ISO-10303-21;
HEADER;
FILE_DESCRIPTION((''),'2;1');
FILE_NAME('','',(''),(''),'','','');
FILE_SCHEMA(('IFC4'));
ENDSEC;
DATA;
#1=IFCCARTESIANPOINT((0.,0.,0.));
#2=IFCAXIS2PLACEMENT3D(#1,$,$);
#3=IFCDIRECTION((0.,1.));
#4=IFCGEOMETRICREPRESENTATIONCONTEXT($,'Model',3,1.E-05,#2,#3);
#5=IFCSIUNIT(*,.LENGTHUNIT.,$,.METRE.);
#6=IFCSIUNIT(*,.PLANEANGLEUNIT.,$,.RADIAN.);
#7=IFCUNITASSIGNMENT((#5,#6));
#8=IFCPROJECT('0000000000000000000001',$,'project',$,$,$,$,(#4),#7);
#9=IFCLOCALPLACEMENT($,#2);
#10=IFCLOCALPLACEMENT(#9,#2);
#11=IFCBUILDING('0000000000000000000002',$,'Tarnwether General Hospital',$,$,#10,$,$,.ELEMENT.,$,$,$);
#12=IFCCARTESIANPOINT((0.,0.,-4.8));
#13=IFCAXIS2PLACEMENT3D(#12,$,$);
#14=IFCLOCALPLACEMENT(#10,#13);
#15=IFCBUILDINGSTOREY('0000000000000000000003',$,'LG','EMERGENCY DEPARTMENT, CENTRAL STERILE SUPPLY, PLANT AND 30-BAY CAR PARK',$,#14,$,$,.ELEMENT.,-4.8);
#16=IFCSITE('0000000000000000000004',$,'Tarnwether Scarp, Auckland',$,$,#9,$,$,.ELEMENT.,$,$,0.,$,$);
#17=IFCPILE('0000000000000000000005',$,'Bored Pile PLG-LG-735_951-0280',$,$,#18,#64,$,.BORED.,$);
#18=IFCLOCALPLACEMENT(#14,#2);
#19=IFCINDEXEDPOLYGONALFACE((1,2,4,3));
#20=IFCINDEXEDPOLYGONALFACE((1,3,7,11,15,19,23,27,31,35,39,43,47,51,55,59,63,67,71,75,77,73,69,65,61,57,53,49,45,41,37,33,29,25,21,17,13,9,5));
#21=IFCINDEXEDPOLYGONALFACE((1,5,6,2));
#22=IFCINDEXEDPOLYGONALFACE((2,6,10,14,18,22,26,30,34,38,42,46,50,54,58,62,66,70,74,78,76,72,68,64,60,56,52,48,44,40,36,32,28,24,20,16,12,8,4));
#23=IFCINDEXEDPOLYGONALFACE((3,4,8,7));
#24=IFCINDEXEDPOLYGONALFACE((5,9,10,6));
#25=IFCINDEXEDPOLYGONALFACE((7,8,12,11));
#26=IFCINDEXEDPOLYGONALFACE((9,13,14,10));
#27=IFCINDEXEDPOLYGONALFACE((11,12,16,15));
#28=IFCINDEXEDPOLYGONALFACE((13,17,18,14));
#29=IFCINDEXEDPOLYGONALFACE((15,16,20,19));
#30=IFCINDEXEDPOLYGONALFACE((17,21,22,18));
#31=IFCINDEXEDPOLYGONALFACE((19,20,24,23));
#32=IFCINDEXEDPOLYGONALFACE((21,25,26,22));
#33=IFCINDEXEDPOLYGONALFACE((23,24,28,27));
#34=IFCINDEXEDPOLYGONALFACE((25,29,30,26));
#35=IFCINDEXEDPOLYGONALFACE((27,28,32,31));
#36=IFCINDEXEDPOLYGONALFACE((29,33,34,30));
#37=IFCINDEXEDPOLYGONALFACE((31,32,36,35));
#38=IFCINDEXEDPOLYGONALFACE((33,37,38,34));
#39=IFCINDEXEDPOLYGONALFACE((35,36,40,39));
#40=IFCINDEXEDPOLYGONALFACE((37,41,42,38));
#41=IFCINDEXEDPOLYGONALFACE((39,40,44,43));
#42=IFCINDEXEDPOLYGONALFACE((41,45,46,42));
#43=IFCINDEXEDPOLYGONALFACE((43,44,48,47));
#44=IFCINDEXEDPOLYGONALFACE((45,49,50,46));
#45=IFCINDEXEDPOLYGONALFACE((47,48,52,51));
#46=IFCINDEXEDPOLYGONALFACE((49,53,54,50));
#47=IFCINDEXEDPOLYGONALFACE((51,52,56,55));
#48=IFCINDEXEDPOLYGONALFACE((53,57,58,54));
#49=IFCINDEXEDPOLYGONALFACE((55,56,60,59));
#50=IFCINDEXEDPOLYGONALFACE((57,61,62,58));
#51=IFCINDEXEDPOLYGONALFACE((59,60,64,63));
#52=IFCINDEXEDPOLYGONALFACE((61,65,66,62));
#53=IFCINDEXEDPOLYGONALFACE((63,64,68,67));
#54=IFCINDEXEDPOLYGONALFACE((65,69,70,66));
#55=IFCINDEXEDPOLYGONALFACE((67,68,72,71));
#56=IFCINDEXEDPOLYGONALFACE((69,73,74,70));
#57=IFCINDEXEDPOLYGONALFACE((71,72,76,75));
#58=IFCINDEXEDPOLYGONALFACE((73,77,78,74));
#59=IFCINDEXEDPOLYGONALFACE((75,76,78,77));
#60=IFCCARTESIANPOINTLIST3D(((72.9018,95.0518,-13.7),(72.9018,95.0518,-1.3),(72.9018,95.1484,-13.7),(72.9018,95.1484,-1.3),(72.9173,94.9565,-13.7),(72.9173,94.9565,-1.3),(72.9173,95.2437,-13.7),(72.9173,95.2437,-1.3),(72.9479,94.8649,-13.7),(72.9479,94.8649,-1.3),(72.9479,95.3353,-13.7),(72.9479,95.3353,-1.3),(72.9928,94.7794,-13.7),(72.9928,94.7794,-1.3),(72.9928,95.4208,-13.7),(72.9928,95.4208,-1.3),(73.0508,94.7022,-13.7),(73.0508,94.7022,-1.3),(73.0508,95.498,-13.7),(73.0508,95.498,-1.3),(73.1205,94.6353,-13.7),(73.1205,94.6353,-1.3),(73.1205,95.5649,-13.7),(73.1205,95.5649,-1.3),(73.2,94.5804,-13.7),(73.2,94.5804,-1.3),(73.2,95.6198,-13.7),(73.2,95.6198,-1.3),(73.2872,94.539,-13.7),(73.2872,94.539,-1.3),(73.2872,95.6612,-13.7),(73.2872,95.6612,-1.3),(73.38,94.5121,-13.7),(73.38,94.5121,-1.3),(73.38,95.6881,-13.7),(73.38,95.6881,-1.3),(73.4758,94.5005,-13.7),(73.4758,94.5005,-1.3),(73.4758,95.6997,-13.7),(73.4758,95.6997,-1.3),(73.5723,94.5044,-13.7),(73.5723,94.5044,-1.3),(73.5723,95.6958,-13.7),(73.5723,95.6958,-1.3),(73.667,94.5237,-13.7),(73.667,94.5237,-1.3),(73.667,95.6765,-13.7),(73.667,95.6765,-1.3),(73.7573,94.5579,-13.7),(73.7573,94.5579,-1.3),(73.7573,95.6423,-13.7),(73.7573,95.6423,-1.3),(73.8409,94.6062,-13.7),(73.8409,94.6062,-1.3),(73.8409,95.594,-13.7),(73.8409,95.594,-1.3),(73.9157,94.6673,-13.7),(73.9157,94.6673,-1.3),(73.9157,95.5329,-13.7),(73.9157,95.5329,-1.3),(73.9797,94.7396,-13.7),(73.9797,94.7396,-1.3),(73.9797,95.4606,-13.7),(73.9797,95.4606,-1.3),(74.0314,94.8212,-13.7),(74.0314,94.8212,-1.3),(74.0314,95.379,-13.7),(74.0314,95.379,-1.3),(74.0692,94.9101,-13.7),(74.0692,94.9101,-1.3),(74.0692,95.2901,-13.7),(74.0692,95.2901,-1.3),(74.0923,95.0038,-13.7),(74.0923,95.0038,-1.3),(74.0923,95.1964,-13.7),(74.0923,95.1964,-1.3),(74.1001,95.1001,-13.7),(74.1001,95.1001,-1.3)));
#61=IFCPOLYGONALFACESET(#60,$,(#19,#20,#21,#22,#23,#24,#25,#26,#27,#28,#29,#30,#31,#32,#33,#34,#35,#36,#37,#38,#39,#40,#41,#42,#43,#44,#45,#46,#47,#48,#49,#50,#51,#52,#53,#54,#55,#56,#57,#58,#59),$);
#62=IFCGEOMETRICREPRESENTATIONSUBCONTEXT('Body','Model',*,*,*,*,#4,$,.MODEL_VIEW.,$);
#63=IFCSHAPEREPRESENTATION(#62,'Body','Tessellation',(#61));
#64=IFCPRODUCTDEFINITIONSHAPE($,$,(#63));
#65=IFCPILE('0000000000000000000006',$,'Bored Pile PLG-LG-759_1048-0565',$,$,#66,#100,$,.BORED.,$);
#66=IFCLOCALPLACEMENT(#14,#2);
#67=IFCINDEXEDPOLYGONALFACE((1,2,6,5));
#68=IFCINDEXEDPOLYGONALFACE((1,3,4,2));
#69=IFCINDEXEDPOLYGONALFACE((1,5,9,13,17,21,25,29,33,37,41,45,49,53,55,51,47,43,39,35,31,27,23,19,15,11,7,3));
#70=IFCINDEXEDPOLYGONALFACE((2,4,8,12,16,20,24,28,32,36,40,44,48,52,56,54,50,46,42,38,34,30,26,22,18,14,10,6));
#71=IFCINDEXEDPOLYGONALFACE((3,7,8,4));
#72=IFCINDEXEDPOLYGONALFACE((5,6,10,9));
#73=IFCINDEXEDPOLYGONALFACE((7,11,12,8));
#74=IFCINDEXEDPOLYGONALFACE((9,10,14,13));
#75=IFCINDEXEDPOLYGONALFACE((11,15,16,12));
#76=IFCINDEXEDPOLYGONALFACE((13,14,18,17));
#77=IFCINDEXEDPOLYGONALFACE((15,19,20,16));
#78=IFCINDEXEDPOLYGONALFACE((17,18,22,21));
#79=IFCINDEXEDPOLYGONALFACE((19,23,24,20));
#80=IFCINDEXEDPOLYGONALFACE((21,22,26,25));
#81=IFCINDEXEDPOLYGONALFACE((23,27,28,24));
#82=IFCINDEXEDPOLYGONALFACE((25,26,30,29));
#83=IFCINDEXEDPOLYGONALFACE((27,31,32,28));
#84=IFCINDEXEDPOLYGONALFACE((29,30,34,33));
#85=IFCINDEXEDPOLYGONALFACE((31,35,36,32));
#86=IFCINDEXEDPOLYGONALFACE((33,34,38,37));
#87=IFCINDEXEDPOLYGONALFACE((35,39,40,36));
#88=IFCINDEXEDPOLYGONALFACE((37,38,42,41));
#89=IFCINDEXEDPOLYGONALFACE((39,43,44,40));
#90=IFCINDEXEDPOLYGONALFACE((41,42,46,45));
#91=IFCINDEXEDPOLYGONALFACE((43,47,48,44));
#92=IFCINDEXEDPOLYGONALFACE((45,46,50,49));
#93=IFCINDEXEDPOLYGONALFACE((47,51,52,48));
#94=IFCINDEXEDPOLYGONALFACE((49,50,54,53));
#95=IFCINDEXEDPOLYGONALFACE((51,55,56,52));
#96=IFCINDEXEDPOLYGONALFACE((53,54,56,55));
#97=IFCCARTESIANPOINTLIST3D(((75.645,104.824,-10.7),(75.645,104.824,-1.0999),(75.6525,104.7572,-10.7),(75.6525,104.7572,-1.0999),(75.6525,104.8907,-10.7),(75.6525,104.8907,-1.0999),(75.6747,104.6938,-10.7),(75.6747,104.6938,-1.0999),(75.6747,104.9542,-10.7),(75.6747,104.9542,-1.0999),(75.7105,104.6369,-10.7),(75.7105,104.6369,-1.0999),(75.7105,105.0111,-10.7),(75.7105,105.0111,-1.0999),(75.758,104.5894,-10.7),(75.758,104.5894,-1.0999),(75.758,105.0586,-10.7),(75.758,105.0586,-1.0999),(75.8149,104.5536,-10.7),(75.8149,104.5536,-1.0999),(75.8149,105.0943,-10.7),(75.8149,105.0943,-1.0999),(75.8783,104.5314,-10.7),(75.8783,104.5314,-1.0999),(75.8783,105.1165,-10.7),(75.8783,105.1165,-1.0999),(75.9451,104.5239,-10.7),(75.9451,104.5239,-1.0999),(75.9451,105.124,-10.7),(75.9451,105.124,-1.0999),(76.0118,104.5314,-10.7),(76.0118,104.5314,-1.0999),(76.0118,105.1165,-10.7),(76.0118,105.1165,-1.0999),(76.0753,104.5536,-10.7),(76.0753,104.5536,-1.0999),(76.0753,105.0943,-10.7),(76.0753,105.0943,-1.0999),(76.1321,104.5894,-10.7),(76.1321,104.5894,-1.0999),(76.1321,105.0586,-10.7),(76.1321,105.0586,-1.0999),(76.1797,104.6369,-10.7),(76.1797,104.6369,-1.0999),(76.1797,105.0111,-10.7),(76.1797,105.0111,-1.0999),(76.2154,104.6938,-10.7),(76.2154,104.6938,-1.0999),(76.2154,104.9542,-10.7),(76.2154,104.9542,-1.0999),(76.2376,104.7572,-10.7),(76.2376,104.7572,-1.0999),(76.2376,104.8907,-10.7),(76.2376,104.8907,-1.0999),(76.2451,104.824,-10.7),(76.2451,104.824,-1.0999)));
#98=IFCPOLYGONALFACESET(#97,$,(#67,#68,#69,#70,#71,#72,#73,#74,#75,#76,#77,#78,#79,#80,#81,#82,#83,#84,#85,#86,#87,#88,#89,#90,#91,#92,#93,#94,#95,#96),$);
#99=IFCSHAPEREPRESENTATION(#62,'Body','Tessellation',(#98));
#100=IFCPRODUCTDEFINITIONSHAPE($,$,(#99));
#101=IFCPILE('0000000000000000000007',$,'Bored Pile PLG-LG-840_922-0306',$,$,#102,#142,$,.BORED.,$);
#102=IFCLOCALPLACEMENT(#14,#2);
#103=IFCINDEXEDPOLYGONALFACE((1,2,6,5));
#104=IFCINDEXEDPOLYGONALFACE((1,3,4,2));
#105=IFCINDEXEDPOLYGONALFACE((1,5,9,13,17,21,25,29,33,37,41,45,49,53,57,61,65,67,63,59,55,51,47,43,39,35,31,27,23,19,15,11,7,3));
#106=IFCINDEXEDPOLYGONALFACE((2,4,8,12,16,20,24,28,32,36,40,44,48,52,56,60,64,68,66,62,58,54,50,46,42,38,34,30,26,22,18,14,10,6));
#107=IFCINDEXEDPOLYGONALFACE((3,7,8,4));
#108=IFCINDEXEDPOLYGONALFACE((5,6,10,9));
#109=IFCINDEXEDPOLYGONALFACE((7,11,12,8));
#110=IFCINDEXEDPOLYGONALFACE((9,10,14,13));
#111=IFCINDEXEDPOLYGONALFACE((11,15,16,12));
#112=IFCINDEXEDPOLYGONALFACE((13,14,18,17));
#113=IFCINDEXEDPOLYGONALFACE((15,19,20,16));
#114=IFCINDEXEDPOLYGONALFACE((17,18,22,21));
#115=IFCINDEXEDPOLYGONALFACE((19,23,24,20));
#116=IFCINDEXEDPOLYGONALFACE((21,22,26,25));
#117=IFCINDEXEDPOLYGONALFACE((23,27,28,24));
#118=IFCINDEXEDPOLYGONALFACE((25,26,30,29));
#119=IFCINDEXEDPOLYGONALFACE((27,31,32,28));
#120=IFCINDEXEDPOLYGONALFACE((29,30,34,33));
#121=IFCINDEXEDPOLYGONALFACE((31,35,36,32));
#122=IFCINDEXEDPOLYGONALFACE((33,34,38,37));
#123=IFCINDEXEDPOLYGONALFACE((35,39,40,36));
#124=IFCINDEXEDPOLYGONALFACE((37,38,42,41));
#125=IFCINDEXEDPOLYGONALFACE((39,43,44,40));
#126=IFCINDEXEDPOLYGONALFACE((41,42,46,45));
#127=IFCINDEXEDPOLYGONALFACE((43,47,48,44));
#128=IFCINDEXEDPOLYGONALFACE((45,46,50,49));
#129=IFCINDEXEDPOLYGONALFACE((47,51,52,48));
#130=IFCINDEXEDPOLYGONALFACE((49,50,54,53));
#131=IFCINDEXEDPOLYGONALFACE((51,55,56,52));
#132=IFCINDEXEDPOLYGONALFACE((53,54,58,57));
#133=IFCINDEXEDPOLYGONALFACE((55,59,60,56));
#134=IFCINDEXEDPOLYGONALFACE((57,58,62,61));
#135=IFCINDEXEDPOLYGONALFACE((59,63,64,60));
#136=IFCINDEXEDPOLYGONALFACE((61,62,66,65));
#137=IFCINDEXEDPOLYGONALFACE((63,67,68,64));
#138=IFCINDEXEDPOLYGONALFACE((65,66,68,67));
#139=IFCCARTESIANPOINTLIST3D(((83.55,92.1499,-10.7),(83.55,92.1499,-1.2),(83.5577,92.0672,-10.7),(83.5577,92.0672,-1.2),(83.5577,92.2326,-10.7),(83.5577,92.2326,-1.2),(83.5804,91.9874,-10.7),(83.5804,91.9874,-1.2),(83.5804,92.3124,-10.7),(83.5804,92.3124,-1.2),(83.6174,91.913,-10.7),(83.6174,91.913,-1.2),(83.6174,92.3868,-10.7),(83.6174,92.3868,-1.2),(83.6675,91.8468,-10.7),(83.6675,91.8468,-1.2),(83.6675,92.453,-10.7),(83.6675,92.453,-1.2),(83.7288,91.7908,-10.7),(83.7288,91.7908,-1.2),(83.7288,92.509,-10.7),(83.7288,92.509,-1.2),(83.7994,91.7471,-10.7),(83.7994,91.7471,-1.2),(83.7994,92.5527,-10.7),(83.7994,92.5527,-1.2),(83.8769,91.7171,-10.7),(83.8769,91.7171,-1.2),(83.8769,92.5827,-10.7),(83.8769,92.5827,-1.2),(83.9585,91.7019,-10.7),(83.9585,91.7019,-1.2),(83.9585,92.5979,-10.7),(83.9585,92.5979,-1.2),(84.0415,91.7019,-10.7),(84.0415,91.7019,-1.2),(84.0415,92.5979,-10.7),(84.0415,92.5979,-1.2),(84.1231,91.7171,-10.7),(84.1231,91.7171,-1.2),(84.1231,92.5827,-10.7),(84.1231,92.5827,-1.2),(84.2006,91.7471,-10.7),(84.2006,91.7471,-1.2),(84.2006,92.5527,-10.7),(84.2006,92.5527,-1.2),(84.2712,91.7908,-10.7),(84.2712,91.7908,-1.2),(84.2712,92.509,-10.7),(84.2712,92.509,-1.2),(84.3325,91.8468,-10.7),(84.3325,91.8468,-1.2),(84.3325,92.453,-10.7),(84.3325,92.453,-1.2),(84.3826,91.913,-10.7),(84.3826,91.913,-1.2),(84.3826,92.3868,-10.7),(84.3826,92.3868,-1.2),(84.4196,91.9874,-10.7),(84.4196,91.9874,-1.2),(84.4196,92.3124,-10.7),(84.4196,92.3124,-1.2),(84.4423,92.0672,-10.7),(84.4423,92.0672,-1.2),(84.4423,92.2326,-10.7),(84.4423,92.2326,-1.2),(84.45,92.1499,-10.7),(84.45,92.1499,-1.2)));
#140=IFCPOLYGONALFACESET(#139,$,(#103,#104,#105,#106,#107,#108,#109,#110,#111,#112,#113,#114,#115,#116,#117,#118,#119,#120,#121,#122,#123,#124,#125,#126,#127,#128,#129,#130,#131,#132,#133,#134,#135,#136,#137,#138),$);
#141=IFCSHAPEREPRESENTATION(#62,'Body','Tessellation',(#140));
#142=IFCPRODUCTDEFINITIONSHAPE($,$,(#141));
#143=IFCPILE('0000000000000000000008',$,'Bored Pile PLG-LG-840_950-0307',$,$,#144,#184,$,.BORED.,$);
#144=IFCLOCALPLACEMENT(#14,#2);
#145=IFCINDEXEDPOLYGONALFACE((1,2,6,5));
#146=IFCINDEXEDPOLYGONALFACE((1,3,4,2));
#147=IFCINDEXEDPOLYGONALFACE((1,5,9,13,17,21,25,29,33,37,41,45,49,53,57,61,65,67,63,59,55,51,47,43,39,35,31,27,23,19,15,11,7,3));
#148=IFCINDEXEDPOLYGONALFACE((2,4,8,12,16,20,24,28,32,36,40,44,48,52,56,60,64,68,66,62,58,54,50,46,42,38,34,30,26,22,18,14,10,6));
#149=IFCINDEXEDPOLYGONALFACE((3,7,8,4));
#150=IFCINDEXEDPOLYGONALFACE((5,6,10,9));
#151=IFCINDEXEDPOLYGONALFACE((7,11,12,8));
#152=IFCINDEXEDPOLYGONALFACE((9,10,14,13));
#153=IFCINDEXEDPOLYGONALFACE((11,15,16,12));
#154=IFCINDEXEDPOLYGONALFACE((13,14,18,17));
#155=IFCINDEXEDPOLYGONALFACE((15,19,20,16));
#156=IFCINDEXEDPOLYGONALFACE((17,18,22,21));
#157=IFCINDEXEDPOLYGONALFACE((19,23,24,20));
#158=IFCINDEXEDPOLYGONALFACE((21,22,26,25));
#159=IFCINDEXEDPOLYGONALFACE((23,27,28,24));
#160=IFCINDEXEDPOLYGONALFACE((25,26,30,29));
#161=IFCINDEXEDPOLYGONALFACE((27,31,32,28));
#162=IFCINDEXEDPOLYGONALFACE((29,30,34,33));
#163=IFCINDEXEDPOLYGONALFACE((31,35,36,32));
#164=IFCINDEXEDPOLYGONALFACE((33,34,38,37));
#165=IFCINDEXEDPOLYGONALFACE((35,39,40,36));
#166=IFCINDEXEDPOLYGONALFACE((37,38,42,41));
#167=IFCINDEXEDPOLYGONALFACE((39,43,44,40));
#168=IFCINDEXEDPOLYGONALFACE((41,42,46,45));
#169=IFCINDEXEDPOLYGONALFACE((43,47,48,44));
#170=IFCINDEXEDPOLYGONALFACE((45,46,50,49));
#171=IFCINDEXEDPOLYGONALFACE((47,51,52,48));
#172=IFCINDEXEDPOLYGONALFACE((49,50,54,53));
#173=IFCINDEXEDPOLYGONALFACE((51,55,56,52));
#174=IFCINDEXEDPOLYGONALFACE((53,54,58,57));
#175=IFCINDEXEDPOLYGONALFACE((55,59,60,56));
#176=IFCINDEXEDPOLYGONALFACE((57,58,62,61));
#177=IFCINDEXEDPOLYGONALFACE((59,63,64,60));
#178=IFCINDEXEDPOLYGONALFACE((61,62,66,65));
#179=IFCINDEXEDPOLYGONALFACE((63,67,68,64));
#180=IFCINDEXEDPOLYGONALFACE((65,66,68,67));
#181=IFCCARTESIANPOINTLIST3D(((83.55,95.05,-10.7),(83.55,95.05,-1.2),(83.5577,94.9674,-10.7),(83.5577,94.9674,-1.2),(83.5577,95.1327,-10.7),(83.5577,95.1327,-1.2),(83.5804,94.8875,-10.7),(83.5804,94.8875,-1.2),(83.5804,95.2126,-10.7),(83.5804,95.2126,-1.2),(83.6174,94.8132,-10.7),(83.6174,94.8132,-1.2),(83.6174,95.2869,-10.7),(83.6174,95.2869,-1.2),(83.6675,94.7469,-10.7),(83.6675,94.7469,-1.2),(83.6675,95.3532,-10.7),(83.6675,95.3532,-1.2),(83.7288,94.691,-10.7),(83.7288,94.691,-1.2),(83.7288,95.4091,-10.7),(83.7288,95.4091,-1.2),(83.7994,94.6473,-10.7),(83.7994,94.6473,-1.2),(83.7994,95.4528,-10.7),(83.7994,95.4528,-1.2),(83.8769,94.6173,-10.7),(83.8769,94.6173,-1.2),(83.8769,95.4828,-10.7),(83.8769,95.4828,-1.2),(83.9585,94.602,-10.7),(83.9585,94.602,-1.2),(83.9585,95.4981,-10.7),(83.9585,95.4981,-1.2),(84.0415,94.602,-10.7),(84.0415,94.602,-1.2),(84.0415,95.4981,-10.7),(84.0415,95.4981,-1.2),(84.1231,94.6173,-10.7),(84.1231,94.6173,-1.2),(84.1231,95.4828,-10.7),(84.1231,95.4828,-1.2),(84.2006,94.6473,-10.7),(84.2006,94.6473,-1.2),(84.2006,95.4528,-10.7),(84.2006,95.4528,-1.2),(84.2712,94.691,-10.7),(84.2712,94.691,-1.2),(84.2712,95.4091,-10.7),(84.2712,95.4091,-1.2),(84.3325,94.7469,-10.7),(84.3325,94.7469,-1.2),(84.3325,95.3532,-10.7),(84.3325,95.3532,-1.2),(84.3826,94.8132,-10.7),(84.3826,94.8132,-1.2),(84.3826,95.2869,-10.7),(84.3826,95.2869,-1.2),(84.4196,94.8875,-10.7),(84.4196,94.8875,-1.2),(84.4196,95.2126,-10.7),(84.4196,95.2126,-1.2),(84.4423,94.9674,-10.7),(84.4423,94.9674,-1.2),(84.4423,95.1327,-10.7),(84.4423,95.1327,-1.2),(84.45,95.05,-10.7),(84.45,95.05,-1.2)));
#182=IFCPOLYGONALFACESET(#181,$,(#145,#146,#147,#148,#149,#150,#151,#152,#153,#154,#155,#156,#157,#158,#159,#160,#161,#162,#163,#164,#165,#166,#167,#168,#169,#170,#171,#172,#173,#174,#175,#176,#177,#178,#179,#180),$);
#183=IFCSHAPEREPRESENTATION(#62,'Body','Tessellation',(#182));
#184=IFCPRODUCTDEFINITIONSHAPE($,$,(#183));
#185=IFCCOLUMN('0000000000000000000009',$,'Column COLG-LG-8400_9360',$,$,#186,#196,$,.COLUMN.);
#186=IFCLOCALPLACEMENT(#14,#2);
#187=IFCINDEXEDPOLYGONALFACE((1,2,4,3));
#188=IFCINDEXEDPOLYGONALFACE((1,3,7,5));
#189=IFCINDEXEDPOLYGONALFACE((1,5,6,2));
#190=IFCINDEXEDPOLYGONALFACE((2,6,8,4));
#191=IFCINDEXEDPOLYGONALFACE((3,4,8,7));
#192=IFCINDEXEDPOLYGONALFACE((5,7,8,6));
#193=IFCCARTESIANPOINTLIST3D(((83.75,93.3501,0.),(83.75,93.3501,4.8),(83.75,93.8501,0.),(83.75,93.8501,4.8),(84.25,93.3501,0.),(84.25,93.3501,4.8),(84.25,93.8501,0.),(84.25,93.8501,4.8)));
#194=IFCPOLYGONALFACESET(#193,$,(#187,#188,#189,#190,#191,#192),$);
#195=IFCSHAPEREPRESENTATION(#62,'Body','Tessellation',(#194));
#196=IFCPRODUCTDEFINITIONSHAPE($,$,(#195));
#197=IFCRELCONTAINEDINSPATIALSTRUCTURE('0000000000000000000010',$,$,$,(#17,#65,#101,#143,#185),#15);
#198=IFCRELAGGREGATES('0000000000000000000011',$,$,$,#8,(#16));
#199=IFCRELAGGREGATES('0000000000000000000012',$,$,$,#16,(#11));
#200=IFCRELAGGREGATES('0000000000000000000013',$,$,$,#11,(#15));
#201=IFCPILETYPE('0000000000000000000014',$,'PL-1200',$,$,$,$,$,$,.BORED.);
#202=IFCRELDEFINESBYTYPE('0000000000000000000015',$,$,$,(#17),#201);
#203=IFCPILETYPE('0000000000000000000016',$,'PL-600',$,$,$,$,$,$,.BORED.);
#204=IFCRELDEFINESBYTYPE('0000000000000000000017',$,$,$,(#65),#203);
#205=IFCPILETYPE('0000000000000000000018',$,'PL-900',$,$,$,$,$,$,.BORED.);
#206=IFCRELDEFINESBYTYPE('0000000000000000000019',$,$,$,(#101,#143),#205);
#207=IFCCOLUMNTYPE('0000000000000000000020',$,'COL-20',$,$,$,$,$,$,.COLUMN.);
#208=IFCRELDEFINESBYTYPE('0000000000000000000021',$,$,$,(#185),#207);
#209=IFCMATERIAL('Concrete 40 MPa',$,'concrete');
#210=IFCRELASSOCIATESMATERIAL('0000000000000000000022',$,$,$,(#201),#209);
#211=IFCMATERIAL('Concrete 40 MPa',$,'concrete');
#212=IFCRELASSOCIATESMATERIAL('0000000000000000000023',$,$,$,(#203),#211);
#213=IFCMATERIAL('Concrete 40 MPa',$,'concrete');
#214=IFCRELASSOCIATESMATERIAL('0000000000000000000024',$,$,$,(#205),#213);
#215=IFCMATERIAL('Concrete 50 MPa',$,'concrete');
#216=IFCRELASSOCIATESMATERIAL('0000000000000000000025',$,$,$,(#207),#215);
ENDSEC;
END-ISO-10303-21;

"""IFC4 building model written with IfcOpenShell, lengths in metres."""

from ifc_helpers import new_model, si_unit, direction, frame, origin, origin_2d, place, context, subcontext, project, spatial, rectangle, circle, extrude, material, material_profile, profile_set, type_object, element, save


model = new_model("IFC4")

# Units and contexts
model_context = context("Model", 3, precision=1e-05, world=origin(), true_north=direction((0.0, 1.0)))
body_context = subcontext(model_context, "Body", "Model", "MODEL_VIEW")
ifc_project = project(units=[si_unit("LENGTHUNIT", "METRE"), si_unit("PLANEANGLEUNIT", "RADIAN")], contexts=[model_context])

# Site, building, storey
site_placement = place(None, origin())
site = spatial("IfcSite", under=ifc_project, at=site_placement, Name="Tarnwether Scarp, Auckland", CompositionType="ELEMENT", RefElevation=0.0)
building_placement = place(site_placement, origin())
building = spatial("IfcBuilding", under=site, at=building_placement, Name="Tarnwether General Hospital", CompositionType="ELEMENT")
storey_placement = place(building_placement, frame((0.0, 0.0, -4.8)))
storey = spatial("IfcBuildingStorey", under=building, at=storey_placement, Name="LG", Description="EMERGENCY DEPARTMENT, CENTRAL STERILE SUPPLY, PLANT AND 30-BAY CAR PARK", CompositionType="ELEMENT", Elevation=-4.8)

# Piles
ifc_material_1 = material(Name="Concrete 40 MPa", Category="concrete")
ifc_material_profile_1 = material_profile(ifc_material_1, circle(Radius=0.6001, at=origin_2d()), Name="PILE-D1200")
ifc_profile_set_1 = profile_set([ifc_material_profile_1], Name="Concrete 40 MPa")
pile_type_1 = type_object("IfcPileType", Name="PL-1200", PredefinedType="BORED", material=ifc_profile_set_1)
for number, where, z_axis, x_axis, name in (
    (1, (73.5, 95.1001, -1.3), (0.0, 0.0, -1.0), (1.0, 0.0, 0.0), "Bored Pile PLG-LG-735_951-0280"),
):
    element("IfcPile", number, at=place(storey_placement, frame(where, z_axis=z_axis, x_axis=x_axis)), inside=storey, type_object=pile_type_1, Name=name, PredefinedType="BORED", context=body_context, shape_type="SweptSolid", body=[
        extrude(circle(Radius=0.6001, at=origin_2d()), origin(), (0.0, 0.0, 1.0), 12.3999),
    ])
ifc_material_2 = material(Name="Concrete 40 MPa", Category="concrete")
ifc_material_profile_2 = material_profile(ifc_material_2, circle(Radius=0.3, at=origin_2d()), Name="PILE-D600")
ifc_profile_set_2 = profile_set([ifc_material_profile_2], Name="Concrete 40 MPa")
pile_type_2 = type_object("IfcPileType", Name="PL-600", PredefinedType="BORED", material=ifc_profile_set_2)
pile_placement = place(storey_placement, frame((75.9451, 104.824, -1.0999), z_axis=(0.0, 0.0, -1.0), x_axis=(1.0, 0.0, 0.0)))
element("IfcPile", 2, at=pile_placement, inside=storey, type_object=pile_type_2, Name="Bored Pile PLG-LG-759_1048-0565", PredefinedType="BORED", context=body_context, shape_type="SweptSolid", body=[
    extrude(circle(Radius=0.3, at=origin_2d()), origin(), (0.0, 0.0, 1.0), 9.6001),
])
ifc_material_3 = material(Name="Concrete 40 MPa", Category="concrete")
ifc_material_profile_3 = material_profile(ifc_material_3, circle(Radius=0.45, at=origin_2d()), Name="PILE-D900")
ifc_profile_set_3 = profile_set([ifc_material_profile_3], Name="Concrete 40 MPa")
pile_type_3 = type_object("IfcPileType", Name="PL-900", PredefinedType="BORED", material=ifc_profile_set_3)
for number, where, z_axis, x_axis, name in (
    (3, (84.0, 92.1499, -1.2), (0.0, 0.0, -1.0), (1.0, 0.0, 0.0), "Bored Pile PLG-LG-840_922-0306"),
    (4, (84.0, 95.05, -1.2), (0.0, 0.0, -1.0), (1.0, 0.0, 0.0), "Bored Pile PLG-LG-840_950-0307"),
):
    element("IfcPile", number, at=place(storey_placement, frame(where, z_axis=z_axis, x_axis=x_axis)), inside=storey, type_object=pile_type_3, Name=name, PredefinedType="BORED", context=body_context, shape_type="SweptSolid", body=[
        extrude(circle(Radius=0.45, at=origin_2d()), origin(), (0.0, 0.0, 1.0), 9.5),
    ])

# Column
ifc_material_4 = material(Name="Concrete 50 MPa", Category="concrete")
ifc_material_profile_4 = material_profile(ifc_material_4, rectangle(XDim=0.5, YDim=0.5, at=origin_2d()), Name="RC-COL-500x500")
ifc_profile_set_4 = profile_set([ifc_material_profile_4], Name="Concrete 50 MPa")
column_type_1 = type_object("IfcColumnType", Name="COL-20", PredefinedType="COLUMN", material=ifc_profile_set_4)
column_1_placement = place(storey_placement, frame((84.0, 93.6001, 0.0), z_axis=(0.0, 0.0, 1.0), x_axis=(0.0, 1.0, 0.0)))
element("IfcColumn", 5, at=column_1_placement, inside=storey, type_object=column_type_1, Name="Column COLG-LG-8400_9360", PredefinedType="COLUMN", context=body_context, shape_type="SweptSolid", body=[
    extrude(rectangle(XDim=0.5, YDim=0.5, at=origin_2d()), origin(), (0.0, 0.0, 1.0), 4.8),
])

save(model, "model.ifc")
